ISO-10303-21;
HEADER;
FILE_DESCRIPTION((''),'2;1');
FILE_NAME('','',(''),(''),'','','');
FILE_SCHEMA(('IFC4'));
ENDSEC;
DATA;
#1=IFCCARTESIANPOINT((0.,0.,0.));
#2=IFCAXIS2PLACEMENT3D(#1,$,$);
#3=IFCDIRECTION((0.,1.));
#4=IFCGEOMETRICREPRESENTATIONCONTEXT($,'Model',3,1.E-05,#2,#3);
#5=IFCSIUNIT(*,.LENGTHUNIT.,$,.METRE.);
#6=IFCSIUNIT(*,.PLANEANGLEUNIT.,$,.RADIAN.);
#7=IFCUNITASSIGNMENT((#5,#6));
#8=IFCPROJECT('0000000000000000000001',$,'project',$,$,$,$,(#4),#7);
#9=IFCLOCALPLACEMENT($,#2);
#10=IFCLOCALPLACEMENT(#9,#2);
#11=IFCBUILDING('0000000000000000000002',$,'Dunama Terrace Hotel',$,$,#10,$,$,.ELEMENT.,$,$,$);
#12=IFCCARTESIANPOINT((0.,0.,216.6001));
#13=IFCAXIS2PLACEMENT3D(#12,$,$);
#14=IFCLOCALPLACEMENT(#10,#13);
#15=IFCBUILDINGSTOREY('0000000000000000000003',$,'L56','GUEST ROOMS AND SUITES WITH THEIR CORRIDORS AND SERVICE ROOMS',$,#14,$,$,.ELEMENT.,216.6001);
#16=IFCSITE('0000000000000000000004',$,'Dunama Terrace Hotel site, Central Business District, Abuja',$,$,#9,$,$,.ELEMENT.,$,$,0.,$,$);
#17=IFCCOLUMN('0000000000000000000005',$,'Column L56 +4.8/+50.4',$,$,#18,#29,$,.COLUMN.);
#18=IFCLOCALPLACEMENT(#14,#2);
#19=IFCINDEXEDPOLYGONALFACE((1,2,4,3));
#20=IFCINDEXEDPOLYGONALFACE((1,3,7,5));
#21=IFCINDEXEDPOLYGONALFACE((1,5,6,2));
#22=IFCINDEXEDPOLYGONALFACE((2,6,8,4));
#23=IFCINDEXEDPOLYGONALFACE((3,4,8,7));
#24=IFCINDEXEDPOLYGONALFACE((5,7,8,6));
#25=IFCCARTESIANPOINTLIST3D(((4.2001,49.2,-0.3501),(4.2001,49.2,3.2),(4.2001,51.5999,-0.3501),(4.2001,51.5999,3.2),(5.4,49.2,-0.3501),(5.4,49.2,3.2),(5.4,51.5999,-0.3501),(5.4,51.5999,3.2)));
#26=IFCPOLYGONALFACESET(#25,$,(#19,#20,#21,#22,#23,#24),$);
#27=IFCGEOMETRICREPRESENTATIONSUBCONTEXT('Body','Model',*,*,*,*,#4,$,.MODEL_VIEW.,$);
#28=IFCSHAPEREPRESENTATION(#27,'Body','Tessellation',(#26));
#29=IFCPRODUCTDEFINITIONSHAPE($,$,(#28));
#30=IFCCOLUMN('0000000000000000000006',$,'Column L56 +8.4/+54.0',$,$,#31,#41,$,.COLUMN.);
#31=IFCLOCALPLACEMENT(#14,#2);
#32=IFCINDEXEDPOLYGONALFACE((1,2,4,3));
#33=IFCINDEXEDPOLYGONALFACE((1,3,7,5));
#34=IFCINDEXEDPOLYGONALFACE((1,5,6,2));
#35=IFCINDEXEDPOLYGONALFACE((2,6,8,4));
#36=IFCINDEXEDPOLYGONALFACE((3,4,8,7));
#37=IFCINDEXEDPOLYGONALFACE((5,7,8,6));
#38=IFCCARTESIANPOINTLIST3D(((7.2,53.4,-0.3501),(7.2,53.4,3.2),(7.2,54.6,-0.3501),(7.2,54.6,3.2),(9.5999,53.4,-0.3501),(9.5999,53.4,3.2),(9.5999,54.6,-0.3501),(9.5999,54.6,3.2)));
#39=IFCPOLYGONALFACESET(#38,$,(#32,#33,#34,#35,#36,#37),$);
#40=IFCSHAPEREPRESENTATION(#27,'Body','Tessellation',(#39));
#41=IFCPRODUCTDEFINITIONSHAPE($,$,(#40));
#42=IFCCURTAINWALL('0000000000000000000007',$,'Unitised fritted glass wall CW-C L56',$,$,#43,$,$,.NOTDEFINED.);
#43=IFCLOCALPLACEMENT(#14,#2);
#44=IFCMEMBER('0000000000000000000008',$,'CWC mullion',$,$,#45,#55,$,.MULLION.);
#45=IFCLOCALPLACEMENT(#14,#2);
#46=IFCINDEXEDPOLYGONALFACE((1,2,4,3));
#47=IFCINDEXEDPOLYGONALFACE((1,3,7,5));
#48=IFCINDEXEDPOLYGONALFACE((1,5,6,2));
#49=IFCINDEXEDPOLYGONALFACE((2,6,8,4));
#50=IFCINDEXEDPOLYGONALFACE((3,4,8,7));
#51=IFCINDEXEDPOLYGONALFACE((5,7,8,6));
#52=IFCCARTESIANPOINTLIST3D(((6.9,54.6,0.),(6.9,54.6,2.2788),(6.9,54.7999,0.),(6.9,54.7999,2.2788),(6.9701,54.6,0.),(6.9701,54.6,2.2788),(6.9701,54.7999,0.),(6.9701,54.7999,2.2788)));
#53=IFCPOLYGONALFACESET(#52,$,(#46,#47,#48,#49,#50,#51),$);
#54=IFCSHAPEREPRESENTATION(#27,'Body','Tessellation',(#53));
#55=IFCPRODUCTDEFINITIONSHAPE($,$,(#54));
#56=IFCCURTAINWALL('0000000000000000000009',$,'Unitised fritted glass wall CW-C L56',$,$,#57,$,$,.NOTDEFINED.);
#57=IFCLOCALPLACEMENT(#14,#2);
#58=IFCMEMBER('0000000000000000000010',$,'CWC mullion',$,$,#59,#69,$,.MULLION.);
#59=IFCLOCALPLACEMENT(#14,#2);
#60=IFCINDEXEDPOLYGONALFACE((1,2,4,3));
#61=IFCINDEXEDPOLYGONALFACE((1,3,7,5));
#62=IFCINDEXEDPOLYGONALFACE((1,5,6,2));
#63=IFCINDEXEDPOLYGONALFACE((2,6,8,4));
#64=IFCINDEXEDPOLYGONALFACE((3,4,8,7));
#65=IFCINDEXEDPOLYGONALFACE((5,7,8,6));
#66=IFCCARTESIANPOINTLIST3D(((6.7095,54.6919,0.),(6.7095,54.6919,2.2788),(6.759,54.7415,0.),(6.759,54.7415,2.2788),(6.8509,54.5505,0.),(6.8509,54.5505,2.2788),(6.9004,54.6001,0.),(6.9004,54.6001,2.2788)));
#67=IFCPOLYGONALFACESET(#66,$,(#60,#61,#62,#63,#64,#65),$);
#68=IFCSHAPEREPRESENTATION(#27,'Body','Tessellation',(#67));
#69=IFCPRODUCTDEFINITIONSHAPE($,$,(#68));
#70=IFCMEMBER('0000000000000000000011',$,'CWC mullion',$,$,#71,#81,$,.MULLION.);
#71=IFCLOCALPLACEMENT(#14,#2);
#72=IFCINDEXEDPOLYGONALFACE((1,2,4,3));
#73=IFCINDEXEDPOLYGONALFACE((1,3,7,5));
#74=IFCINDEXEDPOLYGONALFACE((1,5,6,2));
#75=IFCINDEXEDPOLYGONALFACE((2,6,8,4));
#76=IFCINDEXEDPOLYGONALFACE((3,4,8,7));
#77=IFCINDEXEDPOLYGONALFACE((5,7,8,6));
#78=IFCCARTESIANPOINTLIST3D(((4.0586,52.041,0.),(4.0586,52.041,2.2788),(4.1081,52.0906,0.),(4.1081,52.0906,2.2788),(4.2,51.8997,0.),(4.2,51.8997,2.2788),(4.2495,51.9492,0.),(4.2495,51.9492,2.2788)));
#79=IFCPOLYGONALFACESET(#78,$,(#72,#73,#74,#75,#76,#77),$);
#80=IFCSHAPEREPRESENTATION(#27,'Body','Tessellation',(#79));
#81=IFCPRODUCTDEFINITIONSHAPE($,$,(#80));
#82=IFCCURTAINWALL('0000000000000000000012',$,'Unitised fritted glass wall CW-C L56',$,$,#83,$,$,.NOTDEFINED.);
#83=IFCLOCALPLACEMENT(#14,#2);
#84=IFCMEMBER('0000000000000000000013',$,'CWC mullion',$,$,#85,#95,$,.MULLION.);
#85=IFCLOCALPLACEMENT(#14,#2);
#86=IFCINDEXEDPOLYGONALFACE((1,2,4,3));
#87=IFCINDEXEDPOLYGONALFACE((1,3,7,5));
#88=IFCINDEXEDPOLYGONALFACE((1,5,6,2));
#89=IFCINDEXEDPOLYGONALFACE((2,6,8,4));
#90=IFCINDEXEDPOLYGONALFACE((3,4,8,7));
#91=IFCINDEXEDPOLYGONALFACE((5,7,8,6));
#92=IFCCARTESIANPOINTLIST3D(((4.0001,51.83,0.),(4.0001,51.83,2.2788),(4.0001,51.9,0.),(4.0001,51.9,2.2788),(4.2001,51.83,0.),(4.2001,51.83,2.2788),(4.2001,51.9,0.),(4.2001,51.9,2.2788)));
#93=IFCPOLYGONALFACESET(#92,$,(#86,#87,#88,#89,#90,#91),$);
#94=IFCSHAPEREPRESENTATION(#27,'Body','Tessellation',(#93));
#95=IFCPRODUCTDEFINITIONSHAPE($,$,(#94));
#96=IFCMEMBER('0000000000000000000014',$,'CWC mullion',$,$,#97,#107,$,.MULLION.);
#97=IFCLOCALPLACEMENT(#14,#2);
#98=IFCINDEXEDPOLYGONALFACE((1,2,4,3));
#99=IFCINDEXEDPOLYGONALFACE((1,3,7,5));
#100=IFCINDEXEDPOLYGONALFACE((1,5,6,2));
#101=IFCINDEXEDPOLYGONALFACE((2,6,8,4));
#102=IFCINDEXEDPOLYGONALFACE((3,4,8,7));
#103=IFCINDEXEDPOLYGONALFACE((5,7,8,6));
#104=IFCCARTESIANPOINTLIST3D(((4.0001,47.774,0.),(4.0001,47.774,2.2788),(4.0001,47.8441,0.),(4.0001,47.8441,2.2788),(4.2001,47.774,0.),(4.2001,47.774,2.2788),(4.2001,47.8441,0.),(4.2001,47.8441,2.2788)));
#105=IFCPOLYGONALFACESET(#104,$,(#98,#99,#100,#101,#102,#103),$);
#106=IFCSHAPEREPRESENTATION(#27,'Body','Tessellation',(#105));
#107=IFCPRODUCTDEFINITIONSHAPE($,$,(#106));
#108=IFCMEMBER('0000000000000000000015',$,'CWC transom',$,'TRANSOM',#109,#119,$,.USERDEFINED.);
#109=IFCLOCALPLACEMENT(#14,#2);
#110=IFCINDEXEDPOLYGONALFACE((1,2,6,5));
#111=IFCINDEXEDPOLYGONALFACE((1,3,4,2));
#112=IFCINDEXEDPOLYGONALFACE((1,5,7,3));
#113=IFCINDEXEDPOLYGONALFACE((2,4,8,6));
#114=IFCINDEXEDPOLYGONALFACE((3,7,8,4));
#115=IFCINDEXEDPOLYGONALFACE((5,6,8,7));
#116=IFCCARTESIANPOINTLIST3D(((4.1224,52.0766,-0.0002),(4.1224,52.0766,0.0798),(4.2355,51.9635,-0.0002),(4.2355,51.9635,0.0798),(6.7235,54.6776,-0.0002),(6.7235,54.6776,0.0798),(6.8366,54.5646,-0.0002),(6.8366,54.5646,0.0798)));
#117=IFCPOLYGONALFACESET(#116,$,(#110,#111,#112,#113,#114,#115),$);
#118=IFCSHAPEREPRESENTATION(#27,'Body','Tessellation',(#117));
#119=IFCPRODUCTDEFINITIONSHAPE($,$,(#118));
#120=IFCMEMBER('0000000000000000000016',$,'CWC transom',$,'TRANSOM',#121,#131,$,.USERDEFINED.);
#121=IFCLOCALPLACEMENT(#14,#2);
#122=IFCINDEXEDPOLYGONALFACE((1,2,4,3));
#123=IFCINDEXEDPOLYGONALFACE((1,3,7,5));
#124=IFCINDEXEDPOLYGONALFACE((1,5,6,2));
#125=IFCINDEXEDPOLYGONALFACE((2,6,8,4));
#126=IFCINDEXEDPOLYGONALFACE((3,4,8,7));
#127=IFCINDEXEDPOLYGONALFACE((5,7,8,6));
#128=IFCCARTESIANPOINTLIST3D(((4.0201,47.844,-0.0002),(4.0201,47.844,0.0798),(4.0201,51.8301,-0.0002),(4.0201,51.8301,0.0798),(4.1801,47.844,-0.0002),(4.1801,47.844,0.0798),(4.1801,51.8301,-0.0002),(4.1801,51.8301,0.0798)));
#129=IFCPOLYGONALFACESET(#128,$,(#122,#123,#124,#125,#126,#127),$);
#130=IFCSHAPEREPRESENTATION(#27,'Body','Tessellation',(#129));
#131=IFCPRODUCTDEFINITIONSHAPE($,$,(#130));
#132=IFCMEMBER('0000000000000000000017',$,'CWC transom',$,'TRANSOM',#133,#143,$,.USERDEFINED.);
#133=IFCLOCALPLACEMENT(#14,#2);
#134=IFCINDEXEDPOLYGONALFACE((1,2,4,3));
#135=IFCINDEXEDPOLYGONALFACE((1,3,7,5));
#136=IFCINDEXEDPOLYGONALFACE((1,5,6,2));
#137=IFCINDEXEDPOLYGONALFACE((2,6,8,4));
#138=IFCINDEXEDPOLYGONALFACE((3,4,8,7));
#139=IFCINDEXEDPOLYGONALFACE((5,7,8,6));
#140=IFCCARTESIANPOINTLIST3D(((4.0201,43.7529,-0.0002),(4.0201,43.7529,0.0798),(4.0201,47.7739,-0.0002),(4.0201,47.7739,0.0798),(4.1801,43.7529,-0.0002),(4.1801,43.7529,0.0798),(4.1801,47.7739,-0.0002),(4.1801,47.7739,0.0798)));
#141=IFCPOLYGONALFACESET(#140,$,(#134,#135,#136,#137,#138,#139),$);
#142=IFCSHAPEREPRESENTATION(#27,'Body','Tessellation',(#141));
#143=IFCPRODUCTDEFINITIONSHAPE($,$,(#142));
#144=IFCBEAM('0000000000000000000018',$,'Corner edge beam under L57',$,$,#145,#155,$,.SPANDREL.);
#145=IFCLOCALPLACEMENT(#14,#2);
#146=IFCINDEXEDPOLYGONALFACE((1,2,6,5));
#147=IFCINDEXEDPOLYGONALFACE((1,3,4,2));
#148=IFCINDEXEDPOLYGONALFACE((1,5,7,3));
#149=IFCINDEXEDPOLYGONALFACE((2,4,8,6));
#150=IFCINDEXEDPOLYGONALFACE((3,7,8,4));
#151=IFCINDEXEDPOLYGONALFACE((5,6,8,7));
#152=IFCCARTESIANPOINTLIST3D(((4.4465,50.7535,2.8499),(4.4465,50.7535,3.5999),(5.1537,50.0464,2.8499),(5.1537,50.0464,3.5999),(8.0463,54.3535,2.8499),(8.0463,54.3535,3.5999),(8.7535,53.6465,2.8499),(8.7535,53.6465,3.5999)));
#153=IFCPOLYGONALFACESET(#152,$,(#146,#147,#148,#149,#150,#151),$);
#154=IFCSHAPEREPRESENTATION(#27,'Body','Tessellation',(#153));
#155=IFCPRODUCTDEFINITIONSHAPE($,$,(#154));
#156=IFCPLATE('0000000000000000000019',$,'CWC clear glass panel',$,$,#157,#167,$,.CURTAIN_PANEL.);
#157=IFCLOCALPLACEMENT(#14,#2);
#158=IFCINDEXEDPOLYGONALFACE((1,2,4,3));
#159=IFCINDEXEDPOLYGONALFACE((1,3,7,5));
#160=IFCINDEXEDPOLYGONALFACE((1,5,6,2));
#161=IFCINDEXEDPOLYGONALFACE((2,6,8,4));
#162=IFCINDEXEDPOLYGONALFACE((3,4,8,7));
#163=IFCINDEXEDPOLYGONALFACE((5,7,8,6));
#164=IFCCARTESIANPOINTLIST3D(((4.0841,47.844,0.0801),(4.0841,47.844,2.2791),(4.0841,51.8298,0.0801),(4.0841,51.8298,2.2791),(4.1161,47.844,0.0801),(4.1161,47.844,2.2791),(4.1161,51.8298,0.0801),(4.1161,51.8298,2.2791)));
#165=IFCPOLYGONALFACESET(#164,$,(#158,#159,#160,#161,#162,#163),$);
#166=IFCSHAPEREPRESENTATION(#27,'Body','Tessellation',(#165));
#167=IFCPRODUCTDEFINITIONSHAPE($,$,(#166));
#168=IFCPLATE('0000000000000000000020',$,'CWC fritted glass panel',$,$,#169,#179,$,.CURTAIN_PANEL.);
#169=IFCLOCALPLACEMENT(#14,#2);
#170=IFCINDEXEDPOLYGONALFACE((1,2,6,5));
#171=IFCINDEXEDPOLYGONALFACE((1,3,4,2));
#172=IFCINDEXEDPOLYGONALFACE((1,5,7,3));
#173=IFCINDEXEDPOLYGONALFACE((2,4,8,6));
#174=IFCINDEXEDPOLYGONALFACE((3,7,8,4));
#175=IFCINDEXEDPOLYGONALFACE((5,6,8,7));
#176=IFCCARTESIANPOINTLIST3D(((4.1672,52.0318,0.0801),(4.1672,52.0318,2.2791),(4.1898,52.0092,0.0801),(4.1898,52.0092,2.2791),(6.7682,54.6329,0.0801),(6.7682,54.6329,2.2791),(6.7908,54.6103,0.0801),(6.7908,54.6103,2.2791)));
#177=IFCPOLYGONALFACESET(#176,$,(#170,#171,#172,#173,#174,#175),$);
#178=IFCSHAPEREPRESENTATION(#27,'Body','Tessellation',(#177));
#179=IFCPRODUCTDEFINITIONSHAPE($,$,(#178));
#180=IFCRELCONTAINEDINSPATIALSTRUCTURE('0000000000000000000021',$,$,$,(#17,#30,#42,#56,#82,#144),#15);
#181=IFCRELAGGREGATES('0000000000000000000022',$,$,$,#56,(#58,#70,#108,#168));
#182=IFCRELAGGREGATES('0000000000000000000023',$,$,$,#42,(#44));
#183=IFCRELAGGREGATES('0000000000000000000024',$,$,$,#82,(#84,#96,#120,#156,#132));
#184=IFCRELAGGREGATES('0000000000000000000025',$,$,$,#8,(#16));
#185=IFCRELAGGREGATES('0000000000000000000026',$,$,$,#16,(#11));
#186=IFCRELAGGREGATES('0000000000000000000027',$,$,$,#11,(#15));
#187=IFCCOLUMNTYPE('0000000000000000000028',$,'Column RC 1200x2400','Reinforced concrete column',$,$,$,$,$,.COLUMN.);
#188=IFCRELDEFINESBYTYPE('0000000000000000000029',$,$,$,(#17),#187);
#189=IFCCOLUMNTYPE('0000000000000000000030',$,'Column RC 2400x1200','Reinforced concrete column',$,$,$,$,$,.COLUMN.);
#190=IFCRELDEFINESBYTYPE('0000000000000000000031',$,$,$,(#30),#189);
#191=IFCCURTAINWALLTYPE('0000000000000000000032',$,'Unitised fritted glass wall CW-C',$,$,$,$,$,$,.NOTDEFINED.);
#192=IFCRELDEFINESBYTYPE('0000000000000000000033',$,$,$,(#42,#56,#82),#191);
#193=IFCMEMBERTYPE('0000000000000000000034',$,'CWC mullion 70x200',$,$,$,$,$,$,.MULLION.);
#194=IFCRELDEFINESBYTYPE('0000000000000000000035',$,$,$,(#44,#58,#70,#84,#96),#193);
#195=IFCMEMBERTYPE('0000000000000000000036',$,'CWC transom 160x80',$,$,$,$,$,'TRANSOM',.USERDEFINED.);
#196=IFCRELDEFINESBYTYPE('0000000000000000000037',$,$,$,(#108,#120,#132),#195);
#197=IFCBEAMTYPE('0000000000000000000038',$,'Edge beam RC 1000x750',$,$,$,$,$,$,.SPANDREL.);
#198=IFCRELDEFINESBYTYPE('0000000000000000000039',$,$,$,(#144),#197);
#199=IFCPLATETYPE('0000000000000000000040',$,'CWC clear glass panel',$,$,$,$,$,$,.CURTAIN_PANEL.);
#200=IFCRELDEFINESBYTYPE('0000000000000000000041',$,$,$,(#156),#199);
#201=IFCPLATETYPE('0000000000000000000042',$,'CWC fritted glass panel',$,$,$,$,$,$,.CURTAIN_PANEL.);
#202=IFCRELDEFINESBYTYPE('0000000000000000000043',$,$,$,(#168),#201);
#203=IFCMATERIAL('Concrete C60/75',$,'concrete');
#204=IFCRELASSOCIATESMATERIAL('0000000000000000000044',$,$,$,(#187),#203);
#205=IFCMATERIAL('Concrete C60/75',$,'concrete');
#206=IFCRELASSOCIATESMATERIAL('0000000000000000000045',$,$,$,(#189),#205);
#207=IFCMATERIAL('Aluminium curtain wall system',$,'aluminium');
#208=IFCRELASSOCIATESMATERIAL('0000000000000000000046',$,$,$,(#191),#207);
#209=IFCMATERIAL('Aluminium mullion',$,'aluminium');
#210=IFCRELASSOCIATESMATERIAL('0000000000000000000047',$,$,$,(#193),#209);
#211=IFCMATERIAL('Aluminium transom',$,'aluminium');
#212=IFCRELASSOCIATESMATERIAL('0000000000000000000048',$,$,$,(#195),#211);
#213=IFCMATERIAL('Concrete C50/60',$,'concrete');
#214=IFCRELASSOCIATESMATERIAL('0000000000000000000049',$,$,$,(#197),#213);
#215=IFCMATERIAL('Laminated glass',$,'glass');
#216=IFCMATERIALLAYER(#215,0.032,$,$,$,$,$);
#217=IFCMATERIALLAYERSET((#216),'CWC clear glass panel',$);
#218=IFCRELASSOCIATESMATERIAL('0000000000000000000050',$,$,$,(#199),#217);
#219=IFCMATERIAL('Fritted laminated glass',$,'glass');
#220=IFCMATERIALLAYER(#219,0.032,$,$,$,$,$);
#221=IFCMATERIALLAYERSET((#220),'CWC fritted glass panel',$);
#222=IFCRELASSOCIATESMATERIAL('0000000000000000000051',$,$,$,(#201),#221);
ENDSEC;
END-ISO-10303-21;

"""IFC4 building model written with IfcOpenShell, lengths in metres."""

from ifc_helpers import new_model, si_unit, direction, frame, origin, origin_2d, place, context, subcontext, project, spatial, rectangle, extrude, material, layer, layer_set, material_profile, profile_set, type_object, element, aggregate, save


model = new_model("IFC4")

# Units and contexts
model_context = context("Model", 3, precision=1e-05, world=origin(), true_north=direction((0.0, 1.0)))
body_context = subcontext(model_context, "Body", "Model", "MODEL_VIEW")
ifc_project = project(units=[si_unit("LENGTHUNIT", "METRE"), si_unit("PLANEANGLEUNIT", "RADIAN")], contexts=[model_context])

# Site, building, storey
site_placement = place(None, origin())
site = spatial("IfcSite", under=ifc_project, at=site_placement, Name="Dunama Terrace Hotel site, Central Business District, Abuja", CompositionType="ELEMENT", RefElevation=0.0)
building_placement = place(site_placement, origin())
building = spatial("IfcBuilding", under=site, at=building_placement, Name="Dunama Terrace Hotel", CompositionType="ELEMENT")
storey_placement = place(building_placement, frame((0.0, 0.0, 216.6001)))
storey = spatial("IfcBuildingStorey", under=building, at=storey_placement, Name="L56", Description="GUEST ROOMS AND SUITES WITH THEIR CORRIDORS AND SERVICE ROOMS", CompositionType="ELEMENT", Elevation=216.6001)

# Columns
ifc_material_1 = material(Name="Concrete C60/75", Category="concrete")
ifc_material_profile_1 = material_profile(ifc_material_1, rectangle(XDim=1.2, YDim=2.3999, at=origin_2d()), Name="RC 1200x2400")
ifc_profile_set_1 = profile_set([ifc_material_profile_1], Name="Concrete C60/75")
column_type_1 = type_object("IfcColumnType", Name="Column RC 1200x2400", Description="Reinforced concrete column", PredefinedType="COLUMN", material=ifc_profile_set_1)
column_1_placement = place(storey_placement, frame((4.8, 50.3999, -0.3501), z_axis=(0.0, 0.0, 1.0), x_axis=(1.0, 0.0, 0.0)))
element("IfcColumn", 1, at=column_1_placement, inside=storey, type_object=column_type_1, Name="Column L56 +4.8/+50.4", PredefinedType="COLUMN", context=body_context, shape_type="SweptSolid", body=[
    extrude(rectangle(XDim=1.2, YDim=2.3999, at=origin_2d()), origin(), (0.0, 0.0, 1.0), 3.55),
])
ifc_material_2 = material(Name="Concrete C60/75", Category="concrete")
ifc_material_profile_2 = material_profile(ifc_material_2, rectangle(XDim=2.3999, YDim=1.2, at=origin_2d()), Name="RC 2400x1200")
ifc_profile_set_2 = profile_set([ifc_material_profile_2], Name="Concrete C60/75")
column_type_2 = type_object("IfcColumnType", Name="Column RC 2400x1200", Description="Reinforced concrete column", PredefinedType="COLUMN", material=ifc_profile_set_2)
column_2_placement = place(storey_placement, frame((8.3999, 54.0, -0.3501), z_axis=(0.0, 0.0, 1.0), x_axis=(1.0, 0.0, 0.0)))
element("IfcColumn", 2, at=column_2_placement, inside=storey, type_object=column_type_2, Name="Column L56 +8.4/+54.0", PredefinedType="COLUMN", context=body_context, shape_type="SweptSolid", body=[
    extrude(rectangle(XDim=2.3999, YDim=1.2, at=origin_2d()), origin(), (0.0, 0.0, 1.0), 3.55),
])

# Curtain wall, member
ifc_material_3 = material(Name="Aluminium curtain wall system", Category="aluminium")
curtain_wall_type = type_object("IfcCurtainWallType", Name="Unitised fritted glass wall CW-C", PredefinedType="NOTDEFINED", material=ifc_material_3)
curtain_wall_1_placement = place(storey_placement, origin())
curtain_wall_1 = element("IfcCurtainWall", 3, at=curtain_wall_1_placement, inside=storey, type_object=curtain_wall_type, Name="Unitised fritted glass wall CW-C L56", PredefinedType="NOTDEFINED")
ifc_material_4 = material(Name="Aluminium mullion", Category="aluminium")
ifc_material_profile_3 = material_profile(ifc_material_4, rectangle(XDim=0.0701, YDim=0.2, at=origin_2d()), Name="CWC MULLION 70X200")
ifc_profile_set_3 = profile_set([ifc_material_profile_3], Name="Aluminium mullion")
member_type_1 = type_object("IfcMemberType", Name="CWC mullion 70x200", PredefinedType="MULLION", material=ifc_profile_set_3)
member_1_placement = place(storey_placement, frame((6.9351, 54.7, 0.0), z_axis=(0.0, 0.0, 1.0), x_axis=(-1.0, 0.0, 0.0)))
member_1 = element("IfcMember", 4, at=member_1_placement, type_object=member_type_1, Name="CWC mullion", PredefinedType="MULLION", context=body_context, shape_type="SweptSolid", body=[
    extrude(rectangle(XDim=0.0701, YDim=0.2, at=origin_2d()), origin(), (0.0, 0.0, 1.0), 2.2788),
])

# Curtain walls, members
curtain_wall_2_placement = place(storey_placement, origin())
curtain_wall_2 = element("IfcCurtainWall", 5, at=curtain_wall_2_placement, inside=storey, type_object=curtain_wall_type, Name="Unitised fritted glass wall CW-C L56", PredefinedType="NOTDEFINED")
member_2_placement = place(storey_placement, frame((6.8049, 54.646, 0.0), z_axis=(0.0, 0.0, 1.0), x_axis=(-0.707107, -0.707107, 0.0)))
member_2 = element("IfcMember", 6, at=member_2_placement, type_object=member_type_1, Name="CWC mullion", PredefinedType="MULLION", context=body_context, shape_type="SweptSolid", body=[
    extrude(rectangle(XDim=0.0701, YDim=0.2, at=origin_2d()), origin(), (0.0, 0.0, 1.0), 2.2788),
])
member_3_placement = place(storey_placement, frame((4.1541, 51.9951, 0.0), z_axis=(0.0, 0.0, 1.0), x_axis=(-0.707107, -0.707107, 0.0)))
member_3 = element("IfcMember", 7, at=member_3_placement, type_object=member_type_1, Name="CWC mullion", PredefinedType="MULLION", context=body_context, shape_type="SweptSolid", body=[
    extrude(rectangle(XDim=0.0701, YDim=0.2, at=origin_2d()), origin(), (0.0, 0.0, 1.0), 2.2788),
])
curtain_wall_3_placement = place(storey_placement, origin())
curtain_wall_3 = element("IfcCurtainWall", 8, at=curtain_wall_3_placement, inside=storey, type_object=curtain_wall_type, Name="Unitised fritted glass wall CW-C L56", PredefinedType="NOTDEFINED")
member_4_placement = place(storey_placement, frame((4.1001, 51.865, 0.0), z_axis=(0.0, 0.0, 1.0), x_axis=(0.0, -1.0, 0.0)))
member_4 = element("IfcMember", 9, at=member_4_placement, type_object=member_type_1, Name="CWC mullion", PredefinedType="MULLION", context=body_context, shape_type="SweptSolid", body=[
    extrude(rectangle(XDim=0.0701, YDim=0.2, at=origin_2d()), origin(), (0.0, 0.0, 1.0), 2.2788),
])
member_5_placement = place(storey_placement, frame((4.1001, 47.8091, 0.0), z_axis=(0.0, 0.0, 1.0), x_axis=(0.0, -1.0, 0.0)))
member_5 = element("IfcMember", 10, at=member_5_placement, type_object=member_type_1, Name="CWC mullion", PredefinedType="MULLION", context=body_context, shape_type="SweptSolid", body=[
    extrude(rectangle(XDim=0.0701, YDim=0.2, at=origin_2d()), origin(), (0.0, 0.0, 1.0), 2.2788),
])

# Members
ifc_material_5 = material(Name="Aluminium transom", Category="aluminium")
ifc_material_profile_4 = material_profile(ifc_material_5, rectangle(XDim=0.1599, YDim=0.0801, at=origin_2d()), Name="CWC TRANSOM 160X80")
ifc_profile_set_4 = profile_set([ifc_material_profile_4], Name="Aluminium transom")
member_type_2 = type_object("IfcMemberType", Name="CWC transom 160x80", ElementType="TRANSOM", PredefinedType="USERDEFINED", material=ifc_profile_set_4)
member_6_placement = place(storey_placement, frame((6.78, 54.6211, 0.0398), z_axis=(-0.707107, -0.707107, 0.0), x_axis=(0.707107, -0.707107, 0.0)))
member_6 = element("IfcMember", 11, at=member_6_placement, type_object=member_type_2, Name="CWC transom", ObjectType="TRANSOM", PredefinedType="USERDEFINED", context=body_context, shape_type="SweptSolid", body=[
    extrude(rectangle(XDim=0.1599, YDim=0.0801, at=origin_2d()), origin(), (0.0, 0.0, 1.0), 3.6785),
])
member_7_placement = place(storey_placement, frame((4.1001, 51.8301, 0.0398), z_axis=(0.0, -1.0, 0.0), x_axis=(1.0, 0.0, 0.0)))
member_7 = element("IfcMember", 12, at=member_7_placement, type_object=member_type_2, Name="CWC transom", ObjectType="TRANSOM", PredefinedType="USERDEFINED", context=body_context, shape_type="SweptSolid", body=[
    extrude(rectangle(XDim=0.1599, YDim=0.0801, at=origin_2d()), origin(), (0.0, 0.0, 1.0), 3.9861),
])
member_8_placement = place(storey_placement, frame((4.1001, 47.7739, 0.0398), z_axis=(0.0, -1.0, 0.0), x_axis=(1.0, 0.0, 0.0)))
member_8 = element("IfcMember", 13, at=member_8_placement, type_object=member_type_2, Name="CWC transom", ObjectType="TRANSOM", PredefinedType="USERDEFINED", context=body_context, shape_type="SweptSolid", body=[
    extrude(rectangle(XDim=0.1599, YDim=0.0801, at=origin_2d()), origin(), (0.0, 0.0, 1.0), 4.021),
])

# Beam
ifc_material_6 = material(Name="Concrete C50/60", Category="concrete")
ifc_material_profile_5 = material_profile(ifc_material_6, rectangle(XDim=1.0, YDim=0.75, at=origin_2d()), Name="RC 1000x750")
ifc_profile_set_5 = profile_set([ifc_material_profile_5], Name="Concrete C50/60")
beam_type = type_object("IfcBeamType", Name="Edge beam RC 1000x750", PredefinedType="SPANDREL", material=ifc_profile_set_5)
beam_placement = place(storey_placement, frame((8.3999, 54.0, 3.2249), z_axis=(-0.707083, -0.707131, 0.0), x_axis=(0.707131, -0.707083, 0.0)))
element("IfcBeam", 14, at=beam_placement, inside=storey, type_object=beam_type, Name="Corner edge beam under L57", PredefinedType="SPANDREL", context=body_context, shape_type="SweptSolid", body=[
    extrude(rectangle(XDim=1.0, YDim=0.75, at=origin_2d()), origin(), (0.0, 0.0, 1.0), 5.0911),
])

# Plates
ifc_material_7 = material(Name="Laminated glass", Category="glass")
ifc_layer_1 = layer(ifc_material_7, 0.032)
ifc_layer_set_1 = layer_set([ifc_layer_1], Name="CWC clear glass panel")
plate_type_1 = type_object("IfcPlateType", Name="CWC clear glass panel", PredefinedType="CURTAIN_PANEL", material=ifc_layer_set_1)
plate_1_placement = place(storey_placement, frame((4.1001, 49.8369, 0.0801), z_axis=(0.0, 0.0, 1.0), x_axis=(0.0, -1.0, 0.0)))
plate_1 = element("IfcPlate", 15, at=plate_1_placement, type_object=plate_type_1, Name="CWC clear glass panel", PredefinedType="CURTAIN_PANEL", context=body_context, shape_type="SweptSolid", body=[
    extrude(rectangle(XDim=3.9858, YDim=0.032, at=origin_2d()), origin(), (0.0, 0.0, 1.0), 2.199),
])
ifc_material_8 = material(Name="Fritted laminated glass", Category="glass")
ifc_layer_2 = layer(ifc_material_8, 0.032)
ifc_layer_set_2 = layer_set([ifc_layer_2], Name="CWC fritted glass panel")
plate_type_2 = type_object("IfcPlateType", Name="CWC fritted glass panel", PredefinedType="CURTAIN_PANEL", material=ifc_layer_set_2)
plate_2_placement = place(storey_placement, frame((5.479, 53.321, 0.0801), z_axis=(0.0, 0.0, 1.0), x_axis=(-0.707107, -0.707107, 0.0)))
plate_2 = element("IfcPlate", 16, at=plate_2_placement, type_object=plate_type_2, Name="CWC fritted glass panel", PredefinedType="CURTAIN_PANEL", context=body_context, shape_type="SweptSolid", body=[
    extrude(rectangle(XDim=3.6785, YDim=0.032, at=origin_2d()), origin(), (0.0, 0.0, 1.0), 2.199),
])
aggregate(curtain_wall_2, [member_2, member_3, member_6, plate_2])
aggregate(curtain_wall_1, [member_1])
aggregate(curtain_wall_3, [member_4, member_5, member_7, plate_1, member_8])

save(model, "model.ifc")
